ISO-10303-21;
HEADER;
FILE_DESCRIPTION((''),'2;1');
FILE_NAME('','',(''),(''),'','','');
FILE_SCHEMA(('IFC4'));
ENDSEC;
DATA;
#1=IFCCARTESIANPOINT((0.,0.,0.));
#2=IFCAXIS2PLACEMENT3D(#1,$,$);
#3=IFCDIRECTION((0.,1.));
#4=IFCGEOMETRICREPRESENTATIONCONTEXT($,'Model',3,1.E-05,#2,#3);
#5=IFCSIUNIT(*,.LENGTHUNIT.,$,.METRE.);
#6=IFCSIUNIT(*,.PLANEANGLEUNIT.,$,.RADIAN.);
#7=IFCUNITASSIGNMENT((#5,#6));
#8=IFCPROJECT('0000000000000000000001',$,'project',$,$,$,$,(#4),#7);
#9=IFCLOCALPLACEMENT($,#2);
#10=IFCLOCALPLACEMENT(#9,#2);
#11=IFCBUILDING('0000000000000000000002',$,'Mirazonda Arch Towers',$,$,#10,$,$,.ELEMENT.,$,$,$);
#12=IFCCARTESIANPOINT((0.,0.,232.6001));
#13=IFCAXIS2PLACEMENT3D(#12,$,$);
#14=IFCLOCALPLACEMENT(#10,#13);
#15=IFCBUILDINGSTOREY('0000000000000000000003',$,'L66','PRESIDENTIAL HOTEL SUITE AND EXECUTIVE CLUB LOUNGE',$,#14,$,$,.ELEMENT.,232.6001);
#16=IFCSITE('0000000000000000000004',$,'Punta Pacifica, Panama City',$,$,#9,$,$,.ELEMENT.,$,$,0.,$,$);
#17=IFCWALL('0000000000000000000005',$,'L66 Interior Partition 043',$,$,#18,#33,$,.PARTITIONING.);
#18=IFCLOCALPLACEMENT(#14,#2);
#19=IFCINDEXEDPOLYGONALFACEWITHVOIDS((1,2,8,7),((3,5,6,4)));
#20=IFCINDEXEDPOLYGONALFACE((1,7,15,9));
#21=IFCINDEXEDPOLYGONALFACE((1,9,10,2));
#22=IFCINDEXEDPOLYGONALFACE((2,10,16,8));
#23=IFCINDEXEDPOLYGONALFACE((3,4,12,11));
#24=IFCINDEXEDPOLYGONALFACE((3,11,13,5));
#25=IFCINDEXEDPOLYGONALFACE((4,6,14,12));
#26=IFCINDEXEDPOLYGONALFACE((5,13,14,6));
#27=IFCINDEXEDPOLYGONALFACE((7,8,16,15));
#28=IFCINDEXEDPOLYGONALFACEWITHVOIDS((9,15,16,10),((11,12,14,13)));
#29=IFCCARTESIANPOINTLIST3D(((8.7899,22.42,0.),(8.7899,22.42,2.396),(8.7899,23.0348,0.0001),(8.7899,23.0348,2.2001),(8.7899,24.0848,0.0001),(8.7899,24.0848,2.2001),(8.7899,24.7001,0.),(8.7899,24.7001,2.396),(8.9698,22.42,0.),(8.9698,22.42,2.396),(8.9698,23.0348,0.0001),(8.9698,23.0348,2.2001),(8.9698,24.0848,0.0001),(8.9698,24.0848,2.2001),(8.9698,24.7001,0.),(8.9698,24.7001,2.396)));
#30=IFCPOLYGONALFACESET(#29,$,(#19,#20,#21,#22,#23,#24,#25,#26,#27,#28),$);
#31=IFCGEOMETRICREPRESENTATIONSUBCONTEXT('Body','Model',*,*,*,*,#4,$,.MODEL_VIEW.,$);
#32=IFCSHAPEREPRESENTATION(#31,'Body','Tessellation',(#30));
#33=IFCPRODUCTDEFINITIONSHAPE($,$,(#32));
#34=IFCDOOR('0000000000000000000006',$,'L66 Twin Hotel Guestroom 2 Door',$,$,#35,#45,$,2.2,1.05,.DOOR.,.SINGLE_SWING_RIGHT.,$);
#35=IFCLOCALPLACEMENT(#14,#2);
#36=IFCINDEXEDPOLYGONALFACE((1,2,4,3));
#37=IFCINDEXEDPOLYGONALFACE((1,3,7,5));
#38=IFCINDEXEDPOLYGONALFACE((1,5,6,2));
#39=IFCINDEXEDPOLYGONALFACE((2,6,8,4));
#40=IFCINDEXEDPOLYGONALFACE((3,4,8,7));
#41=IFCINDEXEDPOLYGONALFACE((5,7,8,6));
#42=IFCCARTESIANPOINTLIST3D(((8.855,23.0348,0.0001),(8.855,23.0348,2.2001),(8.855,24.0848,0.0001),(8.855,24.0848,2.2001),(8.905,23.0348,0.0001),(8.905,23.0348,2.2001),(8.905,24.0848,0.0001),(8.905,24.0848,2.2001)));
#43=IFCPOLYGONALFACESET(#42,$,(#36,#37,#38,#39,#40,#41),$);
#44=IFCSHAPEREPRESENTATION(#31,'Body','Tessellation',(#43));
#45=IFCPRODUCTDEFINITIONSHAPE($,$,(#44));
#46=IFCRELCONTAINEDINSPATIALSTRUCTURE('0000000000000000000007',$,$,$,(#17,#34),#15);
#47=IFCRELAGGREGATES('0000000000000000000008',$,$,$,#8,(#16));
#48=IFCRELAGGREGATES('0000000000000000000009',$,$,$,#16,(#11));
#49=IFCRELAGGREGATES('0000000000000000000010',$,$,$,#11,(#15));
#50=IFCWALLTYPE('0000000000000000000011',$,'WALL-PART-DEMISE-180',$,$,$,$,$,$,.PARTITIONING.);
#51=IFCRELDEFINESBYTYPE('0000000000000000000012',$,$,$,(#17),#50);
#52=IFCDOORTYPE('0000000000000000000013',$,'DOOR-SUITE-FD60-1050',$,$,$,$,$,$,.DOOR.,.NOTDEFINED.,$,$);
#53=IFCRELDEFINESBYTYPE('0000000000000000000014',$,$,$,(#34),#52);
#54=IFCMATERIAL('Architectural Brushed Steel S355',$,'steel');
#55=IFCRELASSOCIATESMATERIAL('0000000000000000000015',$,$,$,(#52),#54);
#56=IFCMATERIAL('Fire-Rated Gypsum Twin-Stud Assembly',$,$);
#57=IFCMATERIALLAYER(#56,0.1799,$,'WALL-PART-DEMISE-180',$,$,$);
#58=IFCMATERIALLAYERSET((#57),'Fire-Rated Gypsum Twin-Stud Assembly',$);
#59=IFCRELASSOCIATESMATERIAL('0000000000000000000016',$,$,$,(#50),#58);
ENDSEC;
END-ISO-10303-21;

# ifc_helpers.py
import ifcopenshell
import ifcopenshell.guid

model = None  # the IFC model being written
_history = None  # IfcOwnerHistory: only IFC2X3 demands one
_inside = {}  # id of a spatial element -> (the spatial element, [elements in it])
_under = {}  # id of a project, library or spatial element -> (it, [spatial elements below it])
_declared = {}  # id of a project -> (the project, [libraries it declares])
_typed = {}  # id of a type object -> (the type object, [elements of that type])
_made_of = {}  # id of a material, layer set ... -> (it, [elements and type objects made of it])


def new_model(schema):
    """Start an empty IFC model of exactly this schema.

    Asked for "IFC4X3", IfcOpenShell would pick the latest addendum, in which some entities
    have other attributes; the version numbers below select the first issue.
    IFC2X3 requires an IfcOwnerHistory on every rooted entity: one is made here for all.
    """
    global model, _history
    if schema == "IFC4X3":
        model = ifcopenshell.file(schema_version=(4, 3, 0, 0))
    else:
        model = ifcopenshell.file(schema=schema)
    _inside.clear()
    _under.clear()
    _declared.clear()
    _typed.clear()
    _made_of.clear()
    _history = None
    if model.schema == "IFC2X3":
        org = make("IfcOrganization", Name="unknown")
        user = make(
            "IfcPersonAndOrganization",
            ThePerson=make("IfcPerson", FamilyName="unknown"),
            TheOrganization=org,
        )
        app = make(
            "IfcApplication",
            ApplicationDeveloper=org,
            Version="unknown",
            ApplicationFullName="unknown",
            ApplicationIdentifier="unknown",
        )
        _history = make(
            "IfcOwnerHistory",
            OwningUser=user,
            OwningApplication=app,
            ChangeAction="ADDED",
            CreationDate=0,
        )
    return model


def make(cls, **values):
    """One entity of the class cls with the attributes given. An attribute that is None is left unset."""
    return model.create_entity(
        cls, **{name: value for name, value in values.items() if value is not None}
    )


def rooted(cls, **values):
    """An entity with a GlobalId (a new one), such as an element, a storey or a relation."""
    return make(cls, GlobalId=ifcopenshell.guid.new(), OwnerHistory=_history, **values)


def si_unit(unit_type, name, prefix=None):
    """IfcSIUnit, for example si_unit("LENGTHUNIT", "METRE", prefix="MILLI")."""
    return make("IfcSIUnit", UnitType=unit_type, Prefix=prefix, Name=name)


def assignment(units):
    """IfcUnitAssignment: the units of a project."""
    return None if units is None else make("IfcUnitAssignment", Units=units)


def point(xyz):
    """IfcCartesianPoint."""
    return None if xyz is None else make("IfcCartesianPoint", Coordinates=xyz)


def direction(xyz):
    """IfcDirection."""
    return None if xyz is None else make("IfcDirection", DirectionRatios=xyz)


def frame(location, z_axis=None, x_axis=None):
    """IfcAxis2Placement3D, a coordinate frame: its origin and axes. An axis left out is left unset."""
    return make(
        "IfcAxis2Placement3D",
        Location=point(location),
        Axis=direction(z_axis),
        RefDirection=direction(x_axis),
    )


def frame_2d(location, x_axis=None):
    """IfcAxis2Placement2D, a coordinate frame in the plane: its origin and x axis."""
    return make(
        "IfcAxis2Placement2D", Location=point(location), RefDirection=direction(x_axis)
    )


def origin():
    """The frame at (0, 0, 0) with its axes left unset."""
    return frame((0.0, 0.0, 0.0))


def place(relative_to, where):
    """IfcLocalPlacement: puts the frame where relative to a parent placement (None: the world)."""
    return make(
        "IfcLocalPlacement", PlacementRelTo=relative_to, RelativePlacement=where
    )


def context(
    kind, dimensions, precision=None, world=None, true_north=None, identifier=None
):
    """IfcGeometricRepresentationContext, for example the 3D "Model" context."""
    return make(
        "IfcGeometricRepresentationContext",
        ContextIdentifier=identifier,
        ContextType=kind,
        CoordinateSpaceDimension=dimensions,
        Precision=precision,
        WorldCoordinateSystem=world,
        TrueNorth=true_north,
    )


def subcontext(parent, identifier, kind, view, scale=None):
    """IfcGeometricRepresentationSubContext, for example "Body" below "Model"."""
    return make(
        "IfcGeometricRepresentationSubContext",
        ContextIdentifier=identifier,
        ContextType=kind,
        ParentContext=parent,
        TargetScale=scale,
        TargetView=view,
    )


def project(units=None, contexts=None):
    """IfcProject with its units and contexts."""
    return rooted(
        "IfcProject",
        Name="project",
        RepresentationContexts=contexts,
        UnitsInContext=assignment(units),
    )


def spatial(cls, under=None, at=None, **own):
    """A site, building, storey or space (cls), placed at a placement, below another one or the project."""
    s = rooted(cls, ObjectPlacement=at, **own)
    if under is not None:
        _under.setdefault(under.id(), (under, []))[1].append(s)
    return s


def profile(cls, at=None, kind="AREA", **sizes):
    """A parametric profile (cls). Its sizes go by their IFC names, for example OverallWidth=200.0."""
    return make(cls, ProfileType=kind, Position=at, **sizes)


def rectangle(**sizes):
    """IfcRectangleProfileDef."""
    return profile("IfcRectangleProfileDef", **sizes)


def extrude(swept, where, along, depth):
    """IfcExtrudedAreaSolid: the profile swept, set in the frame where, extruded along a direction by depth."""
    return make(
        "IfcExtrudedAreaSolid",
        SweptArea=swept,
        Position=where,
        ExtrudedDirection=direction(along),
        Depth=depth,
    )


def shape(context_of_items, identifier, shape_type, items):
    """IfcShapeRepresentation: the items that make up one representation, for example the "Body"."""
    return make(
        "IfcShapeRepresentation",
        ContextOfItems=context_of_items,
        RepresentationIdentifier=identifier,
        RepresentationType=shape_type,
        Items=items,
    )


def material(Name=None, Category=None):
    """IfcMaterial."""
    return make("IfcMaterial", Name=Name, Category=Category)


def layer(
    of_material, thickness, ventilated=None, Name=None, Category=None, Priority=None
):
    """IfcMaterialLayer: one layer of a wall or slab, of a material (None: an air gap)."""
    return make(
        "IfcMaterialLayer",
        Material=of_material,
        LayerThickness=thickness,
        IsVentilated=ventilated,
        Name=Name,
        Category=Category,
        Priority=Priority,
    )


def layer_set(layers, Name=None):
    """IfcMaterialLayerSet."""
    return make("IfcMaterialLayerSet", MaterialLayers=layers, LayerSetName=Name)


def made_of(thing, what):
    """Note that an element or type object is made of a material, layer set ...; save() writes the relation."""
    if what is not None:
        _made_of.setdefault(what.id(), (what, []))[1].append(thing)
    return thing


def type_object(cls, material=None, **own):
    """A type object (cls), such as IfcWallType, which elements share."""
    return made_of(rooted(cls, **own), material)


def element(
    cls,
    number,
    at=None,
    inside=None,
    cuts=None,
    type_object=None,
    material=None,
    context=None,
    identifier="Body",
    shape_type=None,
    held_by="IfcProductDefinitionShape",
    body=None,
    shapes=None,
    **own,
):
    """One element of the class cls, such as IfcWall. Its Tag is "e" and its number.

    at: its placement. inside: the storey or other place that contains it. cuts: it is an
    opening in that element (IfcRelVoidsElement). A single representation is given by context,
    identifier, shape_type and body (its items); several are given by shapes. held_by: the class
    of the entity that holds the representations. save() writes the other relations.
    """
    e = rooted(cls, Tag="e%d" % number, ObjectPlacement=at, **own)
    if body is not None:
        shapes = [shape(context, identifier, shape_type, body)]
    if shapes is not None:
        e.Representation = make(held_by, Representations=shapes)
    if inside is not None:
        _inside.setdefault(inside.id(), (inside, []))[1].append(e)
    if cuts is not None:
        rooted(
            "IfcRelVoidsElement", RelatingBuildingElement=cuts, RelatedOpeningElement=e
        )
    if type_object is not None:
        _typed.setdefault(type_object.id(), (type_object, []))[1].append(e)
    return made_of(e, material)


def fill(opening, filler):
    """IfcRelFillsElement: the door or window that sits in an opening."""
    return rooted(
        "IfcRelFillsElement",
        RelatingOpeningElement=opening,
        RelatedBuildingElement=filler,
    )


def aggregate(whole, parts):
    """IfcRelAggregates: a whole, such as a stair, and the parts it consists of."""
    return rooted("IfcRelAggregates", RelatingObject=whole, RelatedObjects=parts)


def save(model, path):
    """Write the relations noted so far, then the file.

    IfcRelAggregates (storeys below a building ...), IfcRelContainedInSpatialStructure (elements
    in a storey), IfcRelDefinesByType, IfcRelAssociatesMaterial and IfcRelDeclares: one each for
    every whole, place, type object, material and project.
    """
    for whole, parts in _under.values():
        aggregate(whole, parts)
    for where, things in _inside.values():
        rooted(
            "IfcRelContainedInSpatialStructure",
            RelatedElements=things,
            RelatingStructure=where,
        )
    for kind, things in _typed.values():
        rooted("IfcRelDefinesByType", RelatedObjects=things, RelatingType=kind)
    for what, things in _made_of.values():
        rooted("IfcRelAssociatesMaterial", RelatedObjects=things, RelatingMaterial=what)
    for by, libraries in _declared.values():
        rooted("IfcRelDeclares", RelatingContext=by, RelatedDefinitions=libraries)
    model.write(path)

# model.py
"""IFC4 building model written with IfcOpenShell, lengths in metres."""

from ifc_helpers import new_model, si_unit, direction, frame, frame_2d, origin, place, context, subcontext, project, spatial, rectangle, extrude, material, layer, layer_set, type_object, element, fill, save


model = new_model("IFC4")

# Units and contexts
model_context = context("Model", 3, precision=1e-05, world=origin(), true_north=direction((0.0, 1.0)))
body_context = subcontext(model_context, "Body", "Model", "MODEL_VIEW")
ifc_project = project(units=[si_unit("LENGTHUNIT", "METRE"), si_unit("PLANEANGLEUNIT", "RADIAN")], contexts=[model_context])

# Site, building, storey
site_placement = place(None, origin())
site = spatial("IfcSite", under=ifc_project, at=site_placement, Name="Punta Pacifica, Panama City", CompositionType="ELEMENT", RefElevation=0.0)
building_placement = place(site_placement, origin())
building = spatial("IfcBuilding", under=site, at=building_placement, Name="Mirazonda Arch Towers", CompositionType="ELEMENT")
storey_placement = place(building_placement, frame((0.0, 0.0, 232.6001)))
storey = spatial("IfcBuildingStorey", under=building, at=storey_placement, Name="L66", Description="PRESIDENTIAL HOTEL SUITE AND EXECUTIVE CLUB LOUNGE", CompositionType="ELEMENT", Elevation=232.6001)

# Shared definitions
ifc_material_1 = material(Name="Architectural Brushed Steel S355", Category="steel")

# Shared definitions
door_type_1 = type_object("IfcDoorType", Name="DOOR-SUITE-FD60-1050", OperationType="NOTDEFINED", PredefinedType="DOOR", material=ifc_material_1)

# Shared definitions
ifc_material_2 = material(Name="Fire-Rated Gypsum Twin-Stud Assembly")
ifc_layer_1 = layer(ifc_material_2, 0.1799, Name="WALL-PART-DEMISE-180")
ifc_layer_set_1 = layer_set([ifc_layer_1], Name="Fire-Rated Gypsum Twin-Stud Assembly")
wall_type_1 = type_object("IfcWallType", Name="WALL-PART-DEMISE-180", PredefinedType="PARTITIONING", material=ifc_layer_set_1)

# Wall, opening, door
wall_1_placement = place(storey_placement, frame((8.8799, 22.4199, 0.0), z_axis=(0.0, 0.0, 1.0), x_axis=(0.0, 1.0, 0.0)))
wall_1 = element("IfcWall", 1, at=wall_1_placement, inside=storey, type_object=wall_type_1, Name="L66 Interior Partition 043", PredefinedType="PARTITIONING", context=body_context, shape_type="SweptSolid", body=[
    extrude(rectangle(XDim=2.28, YDim=0.1799, at=frame_2d((1.1401, 0.0))), origin(), (0.0, 0.0, 1.0), 2.396),
])
opening_1_placement = place(wall_1_placement, frame((0.615, 0.0, 0.0)))
opening_1 = element("IfcOpeningElement", 2, at=opening_1_placement, cuts=wall_1, PredefinedType="OPENING", context=body_context, shape_type="SweptSolid", body=[
    extrude(rectangle(XDim=1.05, YDim=2.2, at=frame_2d((0.5249, 1.1001))), frame((0.0, 0.0999, 0.0), z_axis=(0.0, -1.0, 0.0), x_axis=(1.0, 0.0, 0.0)), (0.0, 0.0, 1.0), 0.2),
])
door_1_placement = place(opening_1_placement, origin())
door_1 = element("IfcDoor", 3, at=door_1_placement, inside=storey, type_object=door_type_1, Name="L66 Twin Hotel Guestroom 2 Door", OperationType="SINGLE_SWING_RIGHT", OverallHeight=2.2, OverallWidth=1.05, PredefinedType="DOOR", context=body_context, shape_type="SweptSolid", body=[
    extrude(rectangle(XDim=1.05, YDim=2.2, at=frame_2d((0.5249, 1.1001))), frame((0.0, 0.0249, 0.0), z_axis=(0.0, -1.0, 0.0), x_axis=(1.0, 0.0, 0.0)), (0.0, 0.0, 1.0), 0.05),
])
fill(opening_1, door_1)

save(model, "model.ifc")
